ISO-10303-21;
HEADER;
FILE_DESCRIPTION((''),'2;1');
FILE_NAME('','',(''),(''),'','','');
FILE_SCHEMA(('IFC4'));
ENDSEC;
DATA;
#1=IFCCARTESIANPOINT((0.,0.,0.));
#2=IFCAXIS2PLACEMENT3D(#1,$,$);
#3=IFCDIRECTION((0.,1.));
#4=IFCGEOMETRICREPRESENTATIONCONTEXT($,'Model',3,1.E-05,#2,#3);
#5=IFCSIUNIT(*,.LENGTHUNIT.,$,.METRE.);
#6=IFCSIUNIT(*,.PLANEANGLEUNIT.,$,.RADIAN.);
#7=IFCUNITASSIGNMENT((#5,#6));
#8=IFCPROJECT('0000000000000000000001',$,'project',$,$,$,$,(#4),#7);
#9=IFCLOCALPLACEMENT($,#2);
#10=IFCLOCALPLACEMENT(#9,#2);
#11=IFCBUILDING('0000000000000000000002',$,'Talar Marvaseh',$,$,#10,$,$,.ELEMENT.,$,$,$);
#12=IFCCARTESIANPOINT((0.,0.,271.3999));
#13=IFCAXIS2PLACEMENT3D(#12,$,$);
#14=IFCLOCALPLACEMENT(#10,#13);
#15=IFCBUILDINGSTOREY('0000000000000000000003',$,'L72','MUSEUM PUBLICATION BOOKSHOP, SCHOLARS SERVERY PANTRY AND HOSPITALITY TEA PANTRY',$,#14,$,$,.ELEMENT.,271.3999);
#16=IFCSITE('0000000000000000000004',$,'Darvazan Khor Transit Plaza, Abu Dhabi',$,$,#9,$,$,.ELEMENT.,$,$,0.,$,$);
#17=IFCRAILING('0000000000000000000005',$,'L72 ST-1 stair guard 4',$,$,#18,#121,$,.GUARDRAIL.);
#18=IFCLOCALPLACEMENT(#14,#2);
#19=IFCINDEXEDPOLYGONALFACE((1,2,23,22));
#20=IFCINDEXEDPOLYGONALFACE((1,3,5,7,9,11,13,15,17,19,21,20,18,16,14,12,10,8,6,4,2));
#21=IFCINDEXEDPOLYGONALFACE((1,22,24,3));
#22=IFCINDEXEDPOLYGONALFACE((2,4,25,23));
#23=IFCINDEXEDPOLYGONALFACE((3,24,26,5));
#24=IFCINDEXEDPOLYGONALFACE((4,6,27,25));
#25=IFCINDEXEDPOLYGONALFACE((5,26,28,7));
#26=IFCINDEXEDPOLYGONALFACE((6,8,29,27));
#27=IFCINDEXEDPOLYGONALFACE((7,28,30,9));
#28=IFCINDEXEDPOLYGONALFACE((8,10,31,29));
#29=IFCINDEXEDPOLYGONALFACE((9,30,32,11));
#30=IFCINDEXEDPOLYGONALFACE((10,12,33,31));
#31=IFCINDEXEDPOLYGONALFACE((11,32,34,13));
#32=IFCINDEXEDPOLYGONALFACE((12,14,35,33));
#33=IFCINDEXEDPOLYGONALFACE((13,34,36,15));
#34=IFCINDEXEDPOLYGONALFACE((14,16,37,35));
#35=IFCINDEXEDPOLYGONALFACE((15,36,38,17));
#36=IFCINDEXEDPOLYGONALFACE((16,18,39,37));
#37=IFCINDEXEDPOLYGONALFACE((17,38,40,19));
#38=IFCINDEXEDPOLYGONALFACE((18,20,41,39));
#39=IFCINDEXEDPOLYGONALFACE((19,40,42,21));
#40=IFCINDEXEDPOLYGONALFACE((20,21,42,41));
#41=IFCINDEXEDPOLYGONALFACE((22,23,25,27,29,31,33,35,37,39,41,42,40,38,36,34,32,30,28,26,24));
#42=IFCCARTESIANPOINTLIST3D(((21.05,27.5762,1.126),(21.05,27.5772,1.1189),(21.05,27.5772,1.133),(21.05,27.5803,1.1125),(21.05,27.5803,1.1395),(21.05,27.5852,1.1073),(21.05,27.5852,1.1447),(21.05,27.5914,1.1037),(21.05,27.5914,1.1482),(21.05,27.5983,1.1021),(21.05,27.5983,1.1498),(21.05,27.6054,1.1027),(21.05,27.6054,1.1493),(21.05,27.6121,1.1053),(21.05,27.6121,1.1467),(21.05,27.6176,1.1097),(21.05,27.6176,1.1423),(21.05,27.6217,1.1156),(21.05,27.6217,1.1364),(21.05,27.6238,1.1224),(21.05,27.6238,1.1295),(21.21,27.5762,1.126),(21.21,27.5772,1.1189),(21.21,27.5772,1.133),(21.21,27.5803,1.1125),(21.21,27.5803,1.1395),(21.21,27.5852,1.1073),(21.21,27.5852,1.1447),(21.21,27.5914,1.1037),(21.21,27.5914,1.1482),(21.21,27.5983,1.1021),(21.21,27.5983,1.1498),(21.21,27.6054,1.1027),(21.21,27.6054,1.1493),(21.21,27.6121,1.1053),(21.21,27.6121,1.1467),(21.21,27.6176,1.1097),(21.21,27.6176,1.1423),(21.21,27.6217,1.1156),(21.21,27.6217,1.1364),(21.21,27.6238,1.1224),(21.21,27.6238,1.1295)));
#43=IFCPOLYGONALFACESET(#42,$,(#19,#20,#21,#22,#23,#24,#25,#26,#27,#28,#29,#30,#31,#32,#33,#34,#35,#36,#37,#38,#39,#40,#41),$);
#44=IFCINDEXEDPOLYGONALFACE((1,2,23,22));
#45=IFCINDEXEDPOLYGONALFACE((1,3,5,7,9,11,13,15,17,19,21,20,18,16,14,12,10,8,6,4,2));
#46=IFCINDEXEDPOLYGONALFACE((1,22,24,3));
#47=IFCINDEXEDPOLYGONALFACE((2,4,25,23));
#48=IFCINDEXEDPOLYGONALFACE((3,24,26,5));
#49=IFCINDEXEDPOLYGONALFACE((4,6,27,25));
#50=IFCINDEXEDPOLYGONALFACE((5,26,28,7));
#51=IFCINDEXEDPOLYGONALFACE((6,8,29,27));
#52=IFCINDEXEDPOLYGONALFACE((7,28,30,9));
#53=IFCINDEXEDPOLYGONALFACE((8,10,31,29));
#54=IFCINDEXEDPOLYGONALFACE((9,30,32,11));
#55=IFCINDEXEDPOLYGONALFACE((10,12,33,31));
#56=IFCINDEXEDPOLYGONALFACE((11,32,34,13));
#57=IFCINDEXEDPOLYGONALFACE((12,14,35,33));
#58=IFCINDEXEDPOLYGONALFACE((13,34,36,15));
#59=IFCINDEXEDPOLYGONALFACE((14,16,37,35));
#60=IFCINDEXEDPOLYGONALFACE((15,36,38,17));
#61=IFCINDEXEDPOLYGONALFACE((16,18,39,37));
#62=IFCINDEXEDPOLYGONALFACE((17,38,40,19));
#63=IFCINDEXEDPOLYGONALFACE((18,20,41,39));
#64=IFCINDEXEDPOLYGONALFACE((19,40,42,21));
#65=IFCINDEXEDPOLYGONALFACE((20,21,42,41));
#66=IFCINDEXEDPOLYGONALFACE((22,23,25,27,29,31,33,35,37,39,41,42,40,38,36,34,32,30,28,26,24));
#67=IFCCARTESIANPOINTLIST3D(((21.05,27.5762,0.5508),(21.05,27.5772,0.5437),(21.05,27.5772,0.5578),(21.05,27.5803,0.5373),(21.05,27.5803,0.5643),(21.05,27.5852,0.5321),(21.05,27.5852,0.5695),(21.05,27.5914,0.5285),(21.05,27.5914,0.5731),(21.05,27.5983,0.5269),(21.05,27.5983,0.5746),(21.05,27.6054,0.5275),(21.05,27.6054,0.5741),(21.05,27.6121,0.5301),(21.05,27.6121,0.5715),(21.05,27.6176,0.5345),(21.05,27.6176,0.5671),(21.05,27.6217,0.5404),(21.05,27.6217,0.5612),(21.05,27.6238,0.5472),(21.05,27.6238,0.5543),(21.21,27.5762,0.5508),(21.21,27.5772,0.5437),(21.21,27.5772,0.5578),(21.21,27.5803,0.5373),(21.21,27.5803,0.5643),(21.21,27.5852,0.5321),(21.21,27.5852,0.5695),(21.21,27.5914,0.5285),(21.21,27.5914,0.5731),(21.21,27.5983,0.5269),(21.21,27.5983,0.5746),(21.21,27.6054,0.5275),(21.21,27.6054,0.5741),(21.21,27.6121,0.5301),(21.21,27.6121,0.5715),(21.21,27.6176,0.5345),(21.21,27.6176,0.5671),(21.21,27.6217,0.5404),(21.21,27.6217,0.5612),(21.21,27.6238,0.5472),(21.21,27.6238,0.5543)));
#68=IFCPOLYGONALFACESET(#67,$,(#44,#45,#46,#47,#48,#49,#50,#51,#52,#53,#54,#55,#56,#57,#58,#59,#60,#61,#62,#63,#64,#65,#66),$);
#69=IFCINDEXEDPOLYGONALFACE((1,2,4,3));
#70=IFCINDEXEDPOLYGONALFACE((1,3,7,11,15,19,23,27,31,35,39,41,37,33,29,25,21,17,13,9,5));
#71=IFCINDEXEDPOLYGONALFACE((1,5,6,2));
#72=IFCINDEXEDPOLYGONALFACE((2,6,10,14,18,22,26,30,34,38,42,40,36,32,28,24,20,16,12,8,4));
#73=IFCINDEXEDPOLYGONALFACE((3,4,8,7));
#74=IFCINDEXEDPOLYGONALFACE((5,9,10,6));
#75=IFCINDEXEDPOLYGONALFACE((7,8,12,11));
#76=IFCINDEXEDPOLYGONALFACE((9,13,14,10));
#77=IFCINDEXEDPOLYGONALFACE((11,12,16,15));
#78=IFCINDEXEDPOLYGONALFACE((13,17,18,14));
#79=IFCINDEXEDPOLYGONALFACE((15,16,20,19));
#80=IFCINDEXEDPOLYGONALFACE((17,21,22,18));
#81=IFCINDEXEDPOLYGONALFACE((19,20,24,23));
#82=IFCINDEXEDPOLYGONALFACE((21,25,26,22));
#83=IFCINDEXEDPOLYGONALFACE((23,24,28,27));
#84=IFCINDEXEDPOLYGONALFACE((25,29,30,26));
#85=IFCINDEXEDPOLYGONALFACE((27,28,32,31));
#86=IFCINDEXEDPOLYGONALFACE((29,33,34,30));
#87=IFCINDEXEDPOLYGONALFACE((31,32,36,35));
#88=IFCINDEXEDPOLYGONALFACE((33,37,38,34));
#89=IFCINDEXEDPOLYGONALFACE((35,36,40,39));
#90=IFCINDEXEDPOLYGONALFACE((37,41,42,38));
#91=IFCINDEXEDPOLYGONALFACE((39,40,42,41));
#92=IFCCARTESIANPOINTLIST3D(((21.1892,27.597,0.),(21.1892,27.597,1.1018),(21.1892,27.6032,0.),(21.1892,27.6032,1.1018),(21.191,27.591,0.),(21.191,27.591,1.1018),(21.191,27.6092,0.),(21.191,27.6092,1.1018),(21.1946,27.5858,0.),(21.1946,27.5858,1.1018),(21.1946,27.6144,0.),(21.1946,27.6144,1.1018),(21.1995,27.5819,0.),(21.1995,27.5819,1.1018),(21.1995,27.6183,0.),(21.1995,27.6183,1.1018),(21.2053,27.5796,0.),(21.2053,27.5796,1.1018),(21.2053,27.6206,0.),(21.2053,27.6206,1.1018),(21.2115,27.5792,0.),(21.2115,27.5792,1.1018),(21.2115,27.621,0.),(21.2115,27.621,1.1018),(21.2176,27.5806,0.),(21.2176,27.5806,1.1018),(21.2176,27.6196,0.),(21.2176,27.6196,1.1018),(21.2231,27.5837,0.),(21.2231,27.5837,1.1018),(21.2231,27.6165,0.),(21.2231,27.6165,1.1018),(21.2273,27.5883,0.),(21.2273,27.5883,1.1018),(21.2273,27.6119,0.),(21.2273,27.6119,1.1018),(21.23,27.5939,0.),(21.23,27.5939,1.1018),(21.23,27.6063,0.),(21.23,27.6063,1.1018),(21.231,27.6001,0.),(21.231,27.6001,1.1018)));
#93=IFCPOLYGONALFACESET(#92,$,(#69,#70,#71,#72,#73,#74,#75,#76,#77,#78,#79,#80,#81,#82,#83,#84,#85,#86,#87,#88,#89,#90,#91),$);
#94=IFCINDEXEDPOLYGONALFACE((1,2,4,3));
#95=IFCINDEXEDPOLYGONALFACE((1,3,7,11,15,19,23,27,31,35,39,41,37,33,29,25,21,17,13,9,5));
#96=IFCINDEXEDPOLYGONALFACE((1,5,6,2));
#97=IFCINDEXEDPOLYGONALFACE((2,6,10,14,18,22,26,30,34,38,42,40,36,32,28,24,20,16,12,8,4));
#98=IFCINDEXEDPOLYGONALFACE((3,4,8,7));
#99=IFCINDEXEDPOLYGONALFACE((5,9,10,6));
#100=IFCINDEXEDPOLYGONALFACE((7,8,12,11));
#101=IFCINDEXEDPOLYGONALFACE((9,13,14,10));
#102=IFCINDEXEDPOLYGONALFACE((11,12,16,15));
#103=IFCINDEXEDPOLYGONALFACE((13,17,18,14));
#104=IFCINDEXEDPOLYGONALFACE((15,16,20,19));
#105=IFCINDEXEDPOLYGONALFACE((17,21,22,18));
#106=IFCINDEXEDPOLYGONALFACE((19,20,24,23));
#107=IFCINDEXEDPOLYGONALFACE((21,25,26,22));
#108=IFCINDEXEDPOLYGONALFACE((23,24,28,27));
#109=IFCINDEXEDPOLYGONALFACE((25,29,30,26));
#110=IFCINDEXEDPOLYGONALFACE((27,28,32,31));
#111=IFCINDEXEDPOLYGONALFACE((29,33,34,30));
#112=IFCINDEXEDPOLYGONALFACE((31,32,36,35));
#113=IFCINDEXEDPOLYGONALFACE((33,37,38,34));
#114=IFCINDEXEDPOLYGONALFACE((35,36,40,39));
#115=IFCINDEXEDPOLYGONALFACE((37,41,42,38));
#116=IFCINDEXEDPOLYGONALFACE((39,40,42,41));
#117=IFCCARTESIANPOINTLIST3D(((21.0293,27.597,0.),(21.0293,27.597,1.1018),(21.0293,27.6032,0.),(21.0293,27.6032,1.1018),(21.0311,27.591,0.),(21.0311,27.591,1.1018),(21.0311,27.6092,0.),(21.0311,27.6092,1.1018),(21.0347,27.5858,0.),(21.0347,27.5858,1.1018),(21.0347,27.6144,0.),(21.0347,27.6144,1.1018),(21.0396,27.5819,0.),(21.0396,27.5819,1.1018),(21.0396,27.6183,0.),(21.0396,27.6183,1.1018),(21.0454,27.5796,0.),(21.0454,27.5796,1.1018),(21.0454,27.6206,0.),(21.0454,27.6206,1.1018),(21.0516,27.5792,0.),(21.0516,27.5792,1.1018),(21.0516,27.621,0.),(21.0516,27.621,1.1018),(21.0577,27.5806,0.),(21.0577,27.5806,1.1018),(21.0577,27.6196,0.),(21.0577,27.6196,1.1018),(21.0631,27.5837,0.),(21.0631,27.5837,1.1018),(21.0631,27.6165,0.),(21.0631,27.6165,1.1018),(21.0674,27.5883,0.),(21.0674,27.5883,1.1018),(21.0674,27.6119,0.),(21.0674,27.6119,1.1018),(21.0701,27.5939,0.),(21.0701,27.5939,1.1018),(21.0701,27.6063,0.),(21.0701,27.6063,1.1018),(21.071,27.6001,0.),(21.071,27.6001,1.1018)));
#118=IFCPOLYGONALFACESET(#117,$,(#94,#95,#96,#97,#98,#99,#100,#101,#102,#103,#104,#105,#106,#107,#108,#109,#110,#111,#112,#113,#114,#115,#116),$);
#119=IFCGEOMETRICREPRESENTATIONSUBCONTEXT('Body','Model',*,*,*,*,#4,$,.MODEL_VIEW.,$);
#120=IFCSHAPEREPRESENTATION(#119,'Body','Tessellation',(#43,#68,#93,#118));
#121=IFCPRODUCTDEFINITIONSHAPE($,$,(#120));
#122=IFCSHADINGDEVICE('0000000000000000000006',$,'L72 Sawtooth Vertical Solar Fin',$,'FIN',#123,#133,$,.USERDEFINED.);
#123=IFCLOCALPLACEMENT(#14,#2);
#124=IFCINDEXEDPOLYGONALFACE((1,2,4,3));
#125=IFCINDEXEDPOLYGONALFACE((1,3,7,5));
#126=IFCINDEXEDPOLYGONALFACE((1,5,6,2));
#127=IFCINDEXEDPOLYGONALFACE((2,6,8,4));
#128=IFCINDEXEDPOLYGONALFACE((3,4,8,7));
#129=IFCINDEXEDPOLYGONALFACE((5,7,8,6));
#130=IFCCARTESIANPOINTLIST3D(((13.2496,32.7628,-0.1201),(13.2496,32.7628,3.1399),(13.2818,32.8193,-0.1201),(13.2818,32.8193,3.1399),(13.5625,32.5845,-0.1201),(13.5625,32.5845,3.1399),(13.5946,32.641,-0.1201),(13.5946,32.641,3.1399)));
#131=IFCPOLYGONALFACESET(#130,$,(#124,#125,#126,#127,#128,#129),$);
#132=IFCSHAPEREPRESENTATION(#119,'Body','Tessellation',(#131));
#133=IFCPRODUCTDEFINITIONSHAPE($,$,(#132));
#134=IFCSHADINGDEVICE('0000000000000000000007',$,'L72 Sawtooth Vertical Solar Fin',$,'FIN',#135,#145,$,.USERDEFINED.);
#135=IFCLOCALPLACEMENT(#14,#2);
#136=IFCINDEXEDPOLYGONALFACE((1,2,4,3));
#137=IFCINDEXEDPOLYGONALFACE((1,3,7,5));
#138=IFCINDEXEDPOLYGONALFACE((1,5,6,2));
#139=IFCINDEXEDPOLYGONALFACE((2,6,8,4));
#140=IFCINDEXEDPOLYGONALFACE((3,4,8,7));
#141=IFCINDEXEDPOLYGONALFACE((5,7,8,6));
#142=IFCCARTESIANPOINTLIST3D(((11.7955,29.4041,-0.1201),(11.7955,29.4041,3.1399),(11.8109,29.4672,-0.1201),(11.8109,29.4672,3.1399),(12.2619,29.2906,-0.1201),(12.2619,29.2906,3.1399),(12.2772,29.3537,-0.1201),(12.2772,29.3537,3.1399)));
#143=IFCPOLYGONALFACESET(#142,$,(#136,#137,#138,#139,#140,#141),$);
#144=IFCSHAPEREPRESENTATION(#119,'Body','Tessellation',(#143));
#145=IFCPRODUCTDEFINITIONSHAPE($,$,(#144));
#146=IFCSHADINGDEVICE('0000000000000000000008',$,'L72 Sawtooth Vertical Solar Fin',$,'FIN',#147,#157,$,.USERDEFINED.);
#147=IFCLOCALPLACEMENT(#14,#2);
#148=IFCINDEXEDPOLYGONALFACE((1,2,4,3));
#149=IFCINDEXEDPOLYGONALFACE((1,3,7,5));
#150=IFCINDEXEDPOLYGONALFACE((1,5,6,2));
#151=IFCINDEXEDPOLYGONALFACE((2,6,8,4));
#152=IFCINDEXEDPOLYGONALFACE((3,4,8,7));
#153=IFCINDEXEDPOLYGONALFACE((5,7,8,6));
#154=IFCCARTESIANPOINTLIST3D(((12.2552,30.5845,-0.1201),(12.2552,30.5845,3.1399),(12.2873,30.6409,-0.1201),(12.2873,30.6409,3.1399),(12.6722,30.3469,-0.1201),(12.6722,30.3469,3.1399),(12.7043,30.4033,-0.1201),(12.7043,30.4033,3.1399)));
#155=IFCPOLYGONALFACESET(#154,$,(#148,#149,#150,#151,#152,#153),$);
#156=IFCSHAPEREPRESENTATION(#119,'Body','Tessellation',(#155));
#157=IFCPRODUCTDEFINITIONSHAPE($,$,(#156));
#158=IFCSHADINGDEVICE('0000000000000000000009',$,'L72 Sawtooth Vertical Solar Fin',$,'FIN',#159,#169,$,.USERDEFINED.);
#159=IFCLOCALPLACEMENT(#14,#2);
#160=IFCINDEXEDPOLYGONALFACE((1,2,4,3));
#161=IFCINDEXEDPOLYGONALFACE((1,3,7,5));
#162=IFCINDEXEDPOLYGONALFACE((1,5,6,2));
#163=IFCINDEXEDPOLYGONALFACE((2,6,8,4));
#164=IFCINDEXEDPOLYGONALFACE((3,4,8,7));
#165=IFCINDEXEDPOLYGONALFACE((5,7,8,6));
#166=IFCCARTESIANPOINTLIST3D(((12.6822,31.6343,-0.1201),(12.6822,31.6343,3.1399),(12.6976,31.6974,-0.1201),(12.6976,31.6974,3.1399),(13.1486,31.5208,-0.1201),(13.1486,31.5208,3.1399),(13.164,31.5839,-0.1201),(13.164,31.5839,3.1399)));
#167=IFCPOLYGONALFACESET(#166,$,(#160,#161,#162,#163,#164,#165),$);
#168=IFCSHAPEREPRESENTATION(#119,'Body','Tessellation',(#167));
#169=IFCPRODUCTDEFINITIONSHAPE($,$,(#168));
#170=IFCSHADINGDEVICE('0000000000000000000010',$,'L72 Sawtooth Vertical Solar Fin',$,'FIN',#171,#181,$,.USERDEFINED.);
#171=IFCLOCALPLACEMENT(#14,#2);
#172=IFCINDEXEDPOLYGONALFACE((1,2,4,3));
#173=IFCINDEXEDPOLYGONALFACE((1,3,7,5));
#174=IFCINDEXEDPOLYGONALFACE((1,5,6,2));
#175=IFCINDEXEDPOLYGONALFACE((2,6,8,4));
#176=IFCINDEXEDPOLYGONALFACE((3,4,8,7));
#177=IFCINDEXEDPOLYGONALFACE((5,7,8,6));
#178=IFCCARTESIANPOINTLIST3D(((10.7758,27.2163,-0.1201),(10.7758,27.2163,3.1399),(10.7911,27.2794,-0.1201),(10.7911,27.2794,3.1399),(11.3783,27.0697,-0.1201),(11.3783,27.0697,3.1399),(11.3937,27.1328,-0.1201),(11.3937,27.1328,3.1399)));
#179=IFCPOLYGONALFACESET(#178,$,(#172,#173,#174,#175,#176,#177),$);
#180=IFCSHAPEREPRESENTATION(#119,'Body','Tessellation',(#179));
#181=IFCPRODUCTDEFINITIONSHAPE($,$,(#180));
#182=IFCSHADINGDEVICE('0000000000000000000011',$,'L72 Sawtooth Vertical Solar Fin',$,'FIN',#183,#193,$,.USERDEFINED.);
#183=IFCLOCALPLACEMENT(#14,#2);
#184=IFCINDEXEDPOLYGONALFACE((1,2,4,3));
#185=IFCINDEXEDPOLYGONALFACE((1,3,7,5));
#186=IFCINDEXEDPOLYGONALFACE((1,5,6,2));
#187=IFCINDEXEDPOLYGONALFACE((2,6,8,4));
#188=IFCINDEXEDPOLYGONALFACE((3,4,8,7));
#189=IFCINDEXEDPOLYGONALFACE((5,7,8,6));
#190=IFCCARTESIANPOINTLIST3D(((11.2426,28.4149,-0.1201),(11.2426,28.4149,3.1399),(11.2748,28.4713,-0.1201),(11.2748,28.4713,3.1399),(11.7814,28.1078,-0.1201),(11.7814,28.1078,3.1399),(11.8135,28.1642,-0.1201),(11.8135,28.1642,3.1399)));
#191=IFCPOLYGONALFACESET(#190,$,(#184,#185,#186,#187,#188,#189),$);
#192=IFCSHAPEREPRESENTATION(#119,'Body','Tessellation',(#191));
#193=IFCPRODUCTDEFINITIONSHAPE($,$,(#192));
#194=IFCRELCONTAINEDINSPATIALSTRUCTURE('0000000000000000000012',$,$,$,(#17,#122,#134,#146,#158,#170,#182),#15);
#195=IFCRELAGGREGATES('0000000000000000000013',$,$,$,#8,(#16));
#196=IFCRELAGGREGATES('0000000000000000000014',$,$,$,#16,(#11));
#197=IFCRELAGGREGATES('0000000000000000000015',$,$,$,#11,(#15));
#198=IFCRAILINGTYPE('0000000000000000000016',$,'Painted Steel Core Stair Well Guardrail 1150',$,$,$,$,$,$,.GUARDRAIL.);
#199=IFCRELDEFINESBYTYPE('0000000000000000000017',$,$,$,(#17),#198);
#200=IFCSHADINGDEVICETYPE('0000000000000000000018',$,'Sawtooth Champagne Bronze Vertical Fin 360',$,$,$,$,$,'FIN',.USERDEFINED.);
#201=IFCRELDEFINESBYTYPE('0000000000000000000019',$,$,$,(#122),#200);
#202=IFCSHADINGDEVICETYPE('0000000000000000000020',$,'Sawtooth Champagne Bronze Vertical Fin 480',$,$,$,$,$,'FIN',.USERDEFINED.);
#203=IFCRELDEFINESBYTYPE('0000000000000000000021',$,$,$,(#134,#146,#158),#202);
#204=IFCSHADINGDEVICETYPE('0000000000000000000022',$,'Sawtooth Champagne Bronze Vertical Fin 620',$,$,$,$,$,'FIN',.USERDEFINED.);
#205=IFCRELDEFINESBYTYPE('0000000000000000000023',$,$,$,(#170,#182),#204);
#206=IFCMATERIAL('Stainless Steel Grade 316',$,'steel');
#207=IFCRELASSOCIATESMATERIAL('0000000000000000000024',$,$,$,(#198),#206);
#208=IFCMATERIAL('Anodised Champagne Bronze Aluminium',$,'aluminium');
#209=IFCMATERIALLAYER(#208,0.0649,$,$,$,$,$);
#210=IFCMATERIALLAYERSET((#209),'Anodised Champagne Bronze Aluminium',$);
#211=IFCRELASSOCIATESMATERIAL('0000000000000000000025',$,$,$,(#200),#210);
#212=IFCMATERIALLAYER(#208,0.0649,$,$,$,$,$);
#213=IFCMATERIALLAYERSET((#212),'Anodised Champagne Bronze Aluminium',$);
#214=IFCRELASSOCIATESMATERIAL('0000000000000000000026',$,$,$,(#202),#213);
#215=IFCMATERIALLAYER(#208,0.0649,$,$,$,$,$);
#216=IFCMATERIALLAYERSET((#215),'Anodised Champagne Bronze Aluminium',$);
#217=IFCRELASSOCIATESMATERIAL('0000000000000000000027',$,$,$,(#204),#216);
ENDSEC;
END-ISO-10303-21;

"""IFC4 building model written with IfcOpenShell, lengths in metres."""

from ifc_helpers import new_model, si_unit, direction, frame, origin, origin_2d, place, context, subcontext, project, spatial, rectangle, circle, extrude, source, transform, mapped, material, layer, layer_set, type_object, type_shapes, element, save


model = new_model("IFC4")

# Units and contexts
model_context = context("Model", 3, precision=1e-05, world=origin(), true_north=direction((0.0, 1.0)))
body_context = subcontext(model_context, "Body", "Model", "MODEL_VIEW")
ifc_project = project(units=[si_unit("LENGTHUNIT", "METRE"), si_unit("PLANEANGLEUNIT", "RADIAN")], contexts=[model_context])

# Site, building, storey
site_placement = place(None, origin())
site = spatial("IfcSite", under=ifc_project, at=site_placement, Name="Darvazan Khor Transit Plaza, Abu Dhabi", CompositionType="ELEMENT", RefElevation=0.0)
building_placement = place(site_placement, origin())
building = spatial("IfcBuilding", under=site, at=building_placement, Name="Talar Marvaseh", CompositionType="ELEMENT")
storey_placement = place(building_placement, frame((0.0, 0.0, 271.3999)))
storey = spatial("IfcBuildingStorey", under=building, at=storey_placement, Name="L72", Description="MUSEUM PUBLICATION BOOKSHOP, SCHOLARS SERVERY PANTRY AND HOSPITALITY TEA PANTRY", CompositionType="ELEMENT", Elevation=271.3999)

# Railing
ifc_material_1 = material(Name="Stainless Steel Grade 316", Category="steel")
railing_type_1 = type_object("IfcRailingType", Name="Painted Steel Core Stair Well Guardrail 1150", PredefinedType="GUARDRAIL", material=ifc_material_1)
railing_1_placement = place(storey_placement, frame((21.21, 27.6001, 0.0)))
element("IfcRailing", 1, at=railing_1_placement, inside=storey, type_object=railing_type_1, Name="L72 ST-1 stair guard 4", PredefinedType="GUARDRAIL", context=body_context, shape_type="SweptSolid", body=[
    extrude(circle(Radius=0.0239, at=origin_2d()), frame((0.0, 0.0, 1.126), z_axis=(-1.0, 0.0, 0.0), x_axis=(0.0, -1.0, 0.0)), (0.0, 0.0, 1.0), 0.1599),
    extrude(circle(Radius=0.0239, at=origin_2d()), frame((0.0, 0.0, 0.5508), z_axis=(-1.0, 0.0, 0.0), x_axis=(0.0, -1.0, 0.0)), (0.0, 0.0, 1.0), 0.1599),
    extrude(circle(Radius=0.021, at=origin_2d()), origin(), (0.0, 0.0, 1.0), 1.1018),
    extrude(circle(Radius=0.021, at=origin_2d()), frame((-0.1599, 0.0, 0.0)), (0.0, 0.0, 1.0), 1.1018),
])

# Shading devices
ifc_material_2 = material(Name="Anodised Champagne Bronze Aluminium", Category="aluminium")
ifc_layer_1 = layer(ifc_material_2, 0.0649)
ifc_layer_set_1 = layer_set([ifc_layer_1], Name="Anodised Champagne Bronze Aluminium")
shading_device_type_1 = type_object("IfcShadingDeviceType", Name="Sawtooth Champagne Bronze Vertical Fin 360", ElementType="FIN", PredefinedType="USERDEFINED", material=ifc_layer_set_1)
shared_shape_1 = source(origin(), body_context, "Body", "SweptSolid", [
    extrude(rectangle(XDim=0.3601, YDim=0.0649, at=origin_2d()), origin(), (0.0, 0.0, 1.0), 3.26),
])
type_shapes(shading_device_type_1, [shared_shape_1])
shading_device_placement = place(storey_placement, frame((13.4221, 32.7019, -0.1201), z_axis=(0.0, 0.0, 1.0), x_axis=(-0.868804, 0.495155, 0.0)))
element("IfcShadingDevice", 2, at=shading_device_placement, inside=storey, type_object=shading_device_type_1, Name="L72 Sawtooth Vertical Solar Fin", ObjectType="FIN", PredefinedType="USERDEFINED", context=body_context, shape_type="MappedRepresentation", body=[
    mapped(shared_shape_1, transform((0.0, 0.0, 0.0), x_axis=(1.0, 0.0, 0.0), y_axis=(0.0, 1.0, 0.0), z_axis=(0.0, 0.0, 1.0), scale=1.0)),
])
ifc_layer_2 = layer(ifc_material_2, 0.0649)
ifc_layer_set_2 = layer_set([ifc_layer_2], Name="Anodised Champagne Bronze Aluminium")
shading_device_type_2 = type_object("IfcShadingDeviceType", Name="Sawtooth Champagne Bronze Vertical Fin 480", ElementType="FIN", PredefinedType="USERDEFINED", material=ifc_layer_set_2)
shared_shape_2 = source(origin(), body_context, "Body", "SweptSolid", [
    extrude(rectangle(XDim=0.48, YDim=0.0649, at=origin_2d()), origin(), (0.0, 0.0, 1.0), 3.26),
])
type_shapes(shading_device_type_2, [shared_shape_2])
for number, where, z_axis, x_axis, name in (
    (3, (12.0364, 29.3789, -0.1201), (0.0, 0.0, 1.0), (-0.971632, 0.236499, 0.0), "L72 Sawtooth Vertical Solar Fin"),
    (4, (12.4797, 30.4939, -0.1201), (0.0, 0.0, 1.0), (-0.868804, 0.495155, 0.0), "L72 Sawtooth Vertical Solar Fin"),
    (5, (12.9231, 31.6091, -0.1201), (0.0, 0.0, 1.0), (-0.971632, 0.236499, 0.0), "L72 Sawtooth Vertical Solar Fin"),
):
    element("IfcShadingDevice", number, at=place(storey_placement, frame(where, z_axis=z_axis, x_axis=x_axis)), inside=storey, type_object=shading_device_type_2, Name=name, ObjectType="FIN", PredefinedType="USERDEFINED", context=body_context, shape_type="MappedRepresentation", body=[
        mapped(shared_shape_2, transform((0.0, 0.0, 0.0), x_axis=(1.0, 0.0, 0.0), y_axis=(0.0, 1.0, 0.0), z_axis=(0.0, 0.0, 1.0), scale=1.0)),
    ])
ifc_layer_3 = layer(ifc_material_2, 0.0649)
ifc_layer_set_3 = layer_set([ifc_layer_3], Name="Anodised Champagne Bronze Aluminium")
shading_device_type_3 = type_object("IfcShadingDeviceType", Name="Sawtooth Champagne Bronze Vertical Fin 620", ElementType="FIN", PredefinedType="USERDEFINED", material=ifc_layer_set_3)
shared_shape_3 = source(origin(), body_context, "Body", "SweptSolid", [
    extrude(rectangle(XDim=0.6201, YDim=0.0649, at=origin_2d()), origin(), (0.0, 0.0, 1.0), 3.26),
])
type_shapes(shading_device_type_3, [shared_shape_3])
for number, where, z_axis, x_axis, name in (
    (6, (11.0847, 27.1746, -0.1201), (0.0, 0.0, 1.0), (-0.971632, 0.236499, 0.0), "L72 Sawtooth Vertical Solar Fin"),
    (7, (11.5281, 28.2896, -0.1201), (0.0, 0.0, 1.0), (-0.868804, 0.495155, 0.0), "L72 Sawtooth Vertical Solar Fin"),
):
    element("IfcShadingDevice", number, at=place(storey_placement, frame(where, z_axis=z_axis, x_axis=x_axis)), inside=storey, type_object=shading_device_type_3, Name=name, ObjectType="FIN", PredefinedType="USERDEFINED", context=body_context, shape_type="MappedRepresentation", body=[
        mapped(shared_shape_3, transform((0.0, 0.0, 0.0), x_axis=(1.0, 0.0, 0.0), y_axis=(0.0, 1.0, 0.0), z_axis=(0.0, 0.0, 1.0), scale=1.0)),
    ])

save(model, "model.ifc")
